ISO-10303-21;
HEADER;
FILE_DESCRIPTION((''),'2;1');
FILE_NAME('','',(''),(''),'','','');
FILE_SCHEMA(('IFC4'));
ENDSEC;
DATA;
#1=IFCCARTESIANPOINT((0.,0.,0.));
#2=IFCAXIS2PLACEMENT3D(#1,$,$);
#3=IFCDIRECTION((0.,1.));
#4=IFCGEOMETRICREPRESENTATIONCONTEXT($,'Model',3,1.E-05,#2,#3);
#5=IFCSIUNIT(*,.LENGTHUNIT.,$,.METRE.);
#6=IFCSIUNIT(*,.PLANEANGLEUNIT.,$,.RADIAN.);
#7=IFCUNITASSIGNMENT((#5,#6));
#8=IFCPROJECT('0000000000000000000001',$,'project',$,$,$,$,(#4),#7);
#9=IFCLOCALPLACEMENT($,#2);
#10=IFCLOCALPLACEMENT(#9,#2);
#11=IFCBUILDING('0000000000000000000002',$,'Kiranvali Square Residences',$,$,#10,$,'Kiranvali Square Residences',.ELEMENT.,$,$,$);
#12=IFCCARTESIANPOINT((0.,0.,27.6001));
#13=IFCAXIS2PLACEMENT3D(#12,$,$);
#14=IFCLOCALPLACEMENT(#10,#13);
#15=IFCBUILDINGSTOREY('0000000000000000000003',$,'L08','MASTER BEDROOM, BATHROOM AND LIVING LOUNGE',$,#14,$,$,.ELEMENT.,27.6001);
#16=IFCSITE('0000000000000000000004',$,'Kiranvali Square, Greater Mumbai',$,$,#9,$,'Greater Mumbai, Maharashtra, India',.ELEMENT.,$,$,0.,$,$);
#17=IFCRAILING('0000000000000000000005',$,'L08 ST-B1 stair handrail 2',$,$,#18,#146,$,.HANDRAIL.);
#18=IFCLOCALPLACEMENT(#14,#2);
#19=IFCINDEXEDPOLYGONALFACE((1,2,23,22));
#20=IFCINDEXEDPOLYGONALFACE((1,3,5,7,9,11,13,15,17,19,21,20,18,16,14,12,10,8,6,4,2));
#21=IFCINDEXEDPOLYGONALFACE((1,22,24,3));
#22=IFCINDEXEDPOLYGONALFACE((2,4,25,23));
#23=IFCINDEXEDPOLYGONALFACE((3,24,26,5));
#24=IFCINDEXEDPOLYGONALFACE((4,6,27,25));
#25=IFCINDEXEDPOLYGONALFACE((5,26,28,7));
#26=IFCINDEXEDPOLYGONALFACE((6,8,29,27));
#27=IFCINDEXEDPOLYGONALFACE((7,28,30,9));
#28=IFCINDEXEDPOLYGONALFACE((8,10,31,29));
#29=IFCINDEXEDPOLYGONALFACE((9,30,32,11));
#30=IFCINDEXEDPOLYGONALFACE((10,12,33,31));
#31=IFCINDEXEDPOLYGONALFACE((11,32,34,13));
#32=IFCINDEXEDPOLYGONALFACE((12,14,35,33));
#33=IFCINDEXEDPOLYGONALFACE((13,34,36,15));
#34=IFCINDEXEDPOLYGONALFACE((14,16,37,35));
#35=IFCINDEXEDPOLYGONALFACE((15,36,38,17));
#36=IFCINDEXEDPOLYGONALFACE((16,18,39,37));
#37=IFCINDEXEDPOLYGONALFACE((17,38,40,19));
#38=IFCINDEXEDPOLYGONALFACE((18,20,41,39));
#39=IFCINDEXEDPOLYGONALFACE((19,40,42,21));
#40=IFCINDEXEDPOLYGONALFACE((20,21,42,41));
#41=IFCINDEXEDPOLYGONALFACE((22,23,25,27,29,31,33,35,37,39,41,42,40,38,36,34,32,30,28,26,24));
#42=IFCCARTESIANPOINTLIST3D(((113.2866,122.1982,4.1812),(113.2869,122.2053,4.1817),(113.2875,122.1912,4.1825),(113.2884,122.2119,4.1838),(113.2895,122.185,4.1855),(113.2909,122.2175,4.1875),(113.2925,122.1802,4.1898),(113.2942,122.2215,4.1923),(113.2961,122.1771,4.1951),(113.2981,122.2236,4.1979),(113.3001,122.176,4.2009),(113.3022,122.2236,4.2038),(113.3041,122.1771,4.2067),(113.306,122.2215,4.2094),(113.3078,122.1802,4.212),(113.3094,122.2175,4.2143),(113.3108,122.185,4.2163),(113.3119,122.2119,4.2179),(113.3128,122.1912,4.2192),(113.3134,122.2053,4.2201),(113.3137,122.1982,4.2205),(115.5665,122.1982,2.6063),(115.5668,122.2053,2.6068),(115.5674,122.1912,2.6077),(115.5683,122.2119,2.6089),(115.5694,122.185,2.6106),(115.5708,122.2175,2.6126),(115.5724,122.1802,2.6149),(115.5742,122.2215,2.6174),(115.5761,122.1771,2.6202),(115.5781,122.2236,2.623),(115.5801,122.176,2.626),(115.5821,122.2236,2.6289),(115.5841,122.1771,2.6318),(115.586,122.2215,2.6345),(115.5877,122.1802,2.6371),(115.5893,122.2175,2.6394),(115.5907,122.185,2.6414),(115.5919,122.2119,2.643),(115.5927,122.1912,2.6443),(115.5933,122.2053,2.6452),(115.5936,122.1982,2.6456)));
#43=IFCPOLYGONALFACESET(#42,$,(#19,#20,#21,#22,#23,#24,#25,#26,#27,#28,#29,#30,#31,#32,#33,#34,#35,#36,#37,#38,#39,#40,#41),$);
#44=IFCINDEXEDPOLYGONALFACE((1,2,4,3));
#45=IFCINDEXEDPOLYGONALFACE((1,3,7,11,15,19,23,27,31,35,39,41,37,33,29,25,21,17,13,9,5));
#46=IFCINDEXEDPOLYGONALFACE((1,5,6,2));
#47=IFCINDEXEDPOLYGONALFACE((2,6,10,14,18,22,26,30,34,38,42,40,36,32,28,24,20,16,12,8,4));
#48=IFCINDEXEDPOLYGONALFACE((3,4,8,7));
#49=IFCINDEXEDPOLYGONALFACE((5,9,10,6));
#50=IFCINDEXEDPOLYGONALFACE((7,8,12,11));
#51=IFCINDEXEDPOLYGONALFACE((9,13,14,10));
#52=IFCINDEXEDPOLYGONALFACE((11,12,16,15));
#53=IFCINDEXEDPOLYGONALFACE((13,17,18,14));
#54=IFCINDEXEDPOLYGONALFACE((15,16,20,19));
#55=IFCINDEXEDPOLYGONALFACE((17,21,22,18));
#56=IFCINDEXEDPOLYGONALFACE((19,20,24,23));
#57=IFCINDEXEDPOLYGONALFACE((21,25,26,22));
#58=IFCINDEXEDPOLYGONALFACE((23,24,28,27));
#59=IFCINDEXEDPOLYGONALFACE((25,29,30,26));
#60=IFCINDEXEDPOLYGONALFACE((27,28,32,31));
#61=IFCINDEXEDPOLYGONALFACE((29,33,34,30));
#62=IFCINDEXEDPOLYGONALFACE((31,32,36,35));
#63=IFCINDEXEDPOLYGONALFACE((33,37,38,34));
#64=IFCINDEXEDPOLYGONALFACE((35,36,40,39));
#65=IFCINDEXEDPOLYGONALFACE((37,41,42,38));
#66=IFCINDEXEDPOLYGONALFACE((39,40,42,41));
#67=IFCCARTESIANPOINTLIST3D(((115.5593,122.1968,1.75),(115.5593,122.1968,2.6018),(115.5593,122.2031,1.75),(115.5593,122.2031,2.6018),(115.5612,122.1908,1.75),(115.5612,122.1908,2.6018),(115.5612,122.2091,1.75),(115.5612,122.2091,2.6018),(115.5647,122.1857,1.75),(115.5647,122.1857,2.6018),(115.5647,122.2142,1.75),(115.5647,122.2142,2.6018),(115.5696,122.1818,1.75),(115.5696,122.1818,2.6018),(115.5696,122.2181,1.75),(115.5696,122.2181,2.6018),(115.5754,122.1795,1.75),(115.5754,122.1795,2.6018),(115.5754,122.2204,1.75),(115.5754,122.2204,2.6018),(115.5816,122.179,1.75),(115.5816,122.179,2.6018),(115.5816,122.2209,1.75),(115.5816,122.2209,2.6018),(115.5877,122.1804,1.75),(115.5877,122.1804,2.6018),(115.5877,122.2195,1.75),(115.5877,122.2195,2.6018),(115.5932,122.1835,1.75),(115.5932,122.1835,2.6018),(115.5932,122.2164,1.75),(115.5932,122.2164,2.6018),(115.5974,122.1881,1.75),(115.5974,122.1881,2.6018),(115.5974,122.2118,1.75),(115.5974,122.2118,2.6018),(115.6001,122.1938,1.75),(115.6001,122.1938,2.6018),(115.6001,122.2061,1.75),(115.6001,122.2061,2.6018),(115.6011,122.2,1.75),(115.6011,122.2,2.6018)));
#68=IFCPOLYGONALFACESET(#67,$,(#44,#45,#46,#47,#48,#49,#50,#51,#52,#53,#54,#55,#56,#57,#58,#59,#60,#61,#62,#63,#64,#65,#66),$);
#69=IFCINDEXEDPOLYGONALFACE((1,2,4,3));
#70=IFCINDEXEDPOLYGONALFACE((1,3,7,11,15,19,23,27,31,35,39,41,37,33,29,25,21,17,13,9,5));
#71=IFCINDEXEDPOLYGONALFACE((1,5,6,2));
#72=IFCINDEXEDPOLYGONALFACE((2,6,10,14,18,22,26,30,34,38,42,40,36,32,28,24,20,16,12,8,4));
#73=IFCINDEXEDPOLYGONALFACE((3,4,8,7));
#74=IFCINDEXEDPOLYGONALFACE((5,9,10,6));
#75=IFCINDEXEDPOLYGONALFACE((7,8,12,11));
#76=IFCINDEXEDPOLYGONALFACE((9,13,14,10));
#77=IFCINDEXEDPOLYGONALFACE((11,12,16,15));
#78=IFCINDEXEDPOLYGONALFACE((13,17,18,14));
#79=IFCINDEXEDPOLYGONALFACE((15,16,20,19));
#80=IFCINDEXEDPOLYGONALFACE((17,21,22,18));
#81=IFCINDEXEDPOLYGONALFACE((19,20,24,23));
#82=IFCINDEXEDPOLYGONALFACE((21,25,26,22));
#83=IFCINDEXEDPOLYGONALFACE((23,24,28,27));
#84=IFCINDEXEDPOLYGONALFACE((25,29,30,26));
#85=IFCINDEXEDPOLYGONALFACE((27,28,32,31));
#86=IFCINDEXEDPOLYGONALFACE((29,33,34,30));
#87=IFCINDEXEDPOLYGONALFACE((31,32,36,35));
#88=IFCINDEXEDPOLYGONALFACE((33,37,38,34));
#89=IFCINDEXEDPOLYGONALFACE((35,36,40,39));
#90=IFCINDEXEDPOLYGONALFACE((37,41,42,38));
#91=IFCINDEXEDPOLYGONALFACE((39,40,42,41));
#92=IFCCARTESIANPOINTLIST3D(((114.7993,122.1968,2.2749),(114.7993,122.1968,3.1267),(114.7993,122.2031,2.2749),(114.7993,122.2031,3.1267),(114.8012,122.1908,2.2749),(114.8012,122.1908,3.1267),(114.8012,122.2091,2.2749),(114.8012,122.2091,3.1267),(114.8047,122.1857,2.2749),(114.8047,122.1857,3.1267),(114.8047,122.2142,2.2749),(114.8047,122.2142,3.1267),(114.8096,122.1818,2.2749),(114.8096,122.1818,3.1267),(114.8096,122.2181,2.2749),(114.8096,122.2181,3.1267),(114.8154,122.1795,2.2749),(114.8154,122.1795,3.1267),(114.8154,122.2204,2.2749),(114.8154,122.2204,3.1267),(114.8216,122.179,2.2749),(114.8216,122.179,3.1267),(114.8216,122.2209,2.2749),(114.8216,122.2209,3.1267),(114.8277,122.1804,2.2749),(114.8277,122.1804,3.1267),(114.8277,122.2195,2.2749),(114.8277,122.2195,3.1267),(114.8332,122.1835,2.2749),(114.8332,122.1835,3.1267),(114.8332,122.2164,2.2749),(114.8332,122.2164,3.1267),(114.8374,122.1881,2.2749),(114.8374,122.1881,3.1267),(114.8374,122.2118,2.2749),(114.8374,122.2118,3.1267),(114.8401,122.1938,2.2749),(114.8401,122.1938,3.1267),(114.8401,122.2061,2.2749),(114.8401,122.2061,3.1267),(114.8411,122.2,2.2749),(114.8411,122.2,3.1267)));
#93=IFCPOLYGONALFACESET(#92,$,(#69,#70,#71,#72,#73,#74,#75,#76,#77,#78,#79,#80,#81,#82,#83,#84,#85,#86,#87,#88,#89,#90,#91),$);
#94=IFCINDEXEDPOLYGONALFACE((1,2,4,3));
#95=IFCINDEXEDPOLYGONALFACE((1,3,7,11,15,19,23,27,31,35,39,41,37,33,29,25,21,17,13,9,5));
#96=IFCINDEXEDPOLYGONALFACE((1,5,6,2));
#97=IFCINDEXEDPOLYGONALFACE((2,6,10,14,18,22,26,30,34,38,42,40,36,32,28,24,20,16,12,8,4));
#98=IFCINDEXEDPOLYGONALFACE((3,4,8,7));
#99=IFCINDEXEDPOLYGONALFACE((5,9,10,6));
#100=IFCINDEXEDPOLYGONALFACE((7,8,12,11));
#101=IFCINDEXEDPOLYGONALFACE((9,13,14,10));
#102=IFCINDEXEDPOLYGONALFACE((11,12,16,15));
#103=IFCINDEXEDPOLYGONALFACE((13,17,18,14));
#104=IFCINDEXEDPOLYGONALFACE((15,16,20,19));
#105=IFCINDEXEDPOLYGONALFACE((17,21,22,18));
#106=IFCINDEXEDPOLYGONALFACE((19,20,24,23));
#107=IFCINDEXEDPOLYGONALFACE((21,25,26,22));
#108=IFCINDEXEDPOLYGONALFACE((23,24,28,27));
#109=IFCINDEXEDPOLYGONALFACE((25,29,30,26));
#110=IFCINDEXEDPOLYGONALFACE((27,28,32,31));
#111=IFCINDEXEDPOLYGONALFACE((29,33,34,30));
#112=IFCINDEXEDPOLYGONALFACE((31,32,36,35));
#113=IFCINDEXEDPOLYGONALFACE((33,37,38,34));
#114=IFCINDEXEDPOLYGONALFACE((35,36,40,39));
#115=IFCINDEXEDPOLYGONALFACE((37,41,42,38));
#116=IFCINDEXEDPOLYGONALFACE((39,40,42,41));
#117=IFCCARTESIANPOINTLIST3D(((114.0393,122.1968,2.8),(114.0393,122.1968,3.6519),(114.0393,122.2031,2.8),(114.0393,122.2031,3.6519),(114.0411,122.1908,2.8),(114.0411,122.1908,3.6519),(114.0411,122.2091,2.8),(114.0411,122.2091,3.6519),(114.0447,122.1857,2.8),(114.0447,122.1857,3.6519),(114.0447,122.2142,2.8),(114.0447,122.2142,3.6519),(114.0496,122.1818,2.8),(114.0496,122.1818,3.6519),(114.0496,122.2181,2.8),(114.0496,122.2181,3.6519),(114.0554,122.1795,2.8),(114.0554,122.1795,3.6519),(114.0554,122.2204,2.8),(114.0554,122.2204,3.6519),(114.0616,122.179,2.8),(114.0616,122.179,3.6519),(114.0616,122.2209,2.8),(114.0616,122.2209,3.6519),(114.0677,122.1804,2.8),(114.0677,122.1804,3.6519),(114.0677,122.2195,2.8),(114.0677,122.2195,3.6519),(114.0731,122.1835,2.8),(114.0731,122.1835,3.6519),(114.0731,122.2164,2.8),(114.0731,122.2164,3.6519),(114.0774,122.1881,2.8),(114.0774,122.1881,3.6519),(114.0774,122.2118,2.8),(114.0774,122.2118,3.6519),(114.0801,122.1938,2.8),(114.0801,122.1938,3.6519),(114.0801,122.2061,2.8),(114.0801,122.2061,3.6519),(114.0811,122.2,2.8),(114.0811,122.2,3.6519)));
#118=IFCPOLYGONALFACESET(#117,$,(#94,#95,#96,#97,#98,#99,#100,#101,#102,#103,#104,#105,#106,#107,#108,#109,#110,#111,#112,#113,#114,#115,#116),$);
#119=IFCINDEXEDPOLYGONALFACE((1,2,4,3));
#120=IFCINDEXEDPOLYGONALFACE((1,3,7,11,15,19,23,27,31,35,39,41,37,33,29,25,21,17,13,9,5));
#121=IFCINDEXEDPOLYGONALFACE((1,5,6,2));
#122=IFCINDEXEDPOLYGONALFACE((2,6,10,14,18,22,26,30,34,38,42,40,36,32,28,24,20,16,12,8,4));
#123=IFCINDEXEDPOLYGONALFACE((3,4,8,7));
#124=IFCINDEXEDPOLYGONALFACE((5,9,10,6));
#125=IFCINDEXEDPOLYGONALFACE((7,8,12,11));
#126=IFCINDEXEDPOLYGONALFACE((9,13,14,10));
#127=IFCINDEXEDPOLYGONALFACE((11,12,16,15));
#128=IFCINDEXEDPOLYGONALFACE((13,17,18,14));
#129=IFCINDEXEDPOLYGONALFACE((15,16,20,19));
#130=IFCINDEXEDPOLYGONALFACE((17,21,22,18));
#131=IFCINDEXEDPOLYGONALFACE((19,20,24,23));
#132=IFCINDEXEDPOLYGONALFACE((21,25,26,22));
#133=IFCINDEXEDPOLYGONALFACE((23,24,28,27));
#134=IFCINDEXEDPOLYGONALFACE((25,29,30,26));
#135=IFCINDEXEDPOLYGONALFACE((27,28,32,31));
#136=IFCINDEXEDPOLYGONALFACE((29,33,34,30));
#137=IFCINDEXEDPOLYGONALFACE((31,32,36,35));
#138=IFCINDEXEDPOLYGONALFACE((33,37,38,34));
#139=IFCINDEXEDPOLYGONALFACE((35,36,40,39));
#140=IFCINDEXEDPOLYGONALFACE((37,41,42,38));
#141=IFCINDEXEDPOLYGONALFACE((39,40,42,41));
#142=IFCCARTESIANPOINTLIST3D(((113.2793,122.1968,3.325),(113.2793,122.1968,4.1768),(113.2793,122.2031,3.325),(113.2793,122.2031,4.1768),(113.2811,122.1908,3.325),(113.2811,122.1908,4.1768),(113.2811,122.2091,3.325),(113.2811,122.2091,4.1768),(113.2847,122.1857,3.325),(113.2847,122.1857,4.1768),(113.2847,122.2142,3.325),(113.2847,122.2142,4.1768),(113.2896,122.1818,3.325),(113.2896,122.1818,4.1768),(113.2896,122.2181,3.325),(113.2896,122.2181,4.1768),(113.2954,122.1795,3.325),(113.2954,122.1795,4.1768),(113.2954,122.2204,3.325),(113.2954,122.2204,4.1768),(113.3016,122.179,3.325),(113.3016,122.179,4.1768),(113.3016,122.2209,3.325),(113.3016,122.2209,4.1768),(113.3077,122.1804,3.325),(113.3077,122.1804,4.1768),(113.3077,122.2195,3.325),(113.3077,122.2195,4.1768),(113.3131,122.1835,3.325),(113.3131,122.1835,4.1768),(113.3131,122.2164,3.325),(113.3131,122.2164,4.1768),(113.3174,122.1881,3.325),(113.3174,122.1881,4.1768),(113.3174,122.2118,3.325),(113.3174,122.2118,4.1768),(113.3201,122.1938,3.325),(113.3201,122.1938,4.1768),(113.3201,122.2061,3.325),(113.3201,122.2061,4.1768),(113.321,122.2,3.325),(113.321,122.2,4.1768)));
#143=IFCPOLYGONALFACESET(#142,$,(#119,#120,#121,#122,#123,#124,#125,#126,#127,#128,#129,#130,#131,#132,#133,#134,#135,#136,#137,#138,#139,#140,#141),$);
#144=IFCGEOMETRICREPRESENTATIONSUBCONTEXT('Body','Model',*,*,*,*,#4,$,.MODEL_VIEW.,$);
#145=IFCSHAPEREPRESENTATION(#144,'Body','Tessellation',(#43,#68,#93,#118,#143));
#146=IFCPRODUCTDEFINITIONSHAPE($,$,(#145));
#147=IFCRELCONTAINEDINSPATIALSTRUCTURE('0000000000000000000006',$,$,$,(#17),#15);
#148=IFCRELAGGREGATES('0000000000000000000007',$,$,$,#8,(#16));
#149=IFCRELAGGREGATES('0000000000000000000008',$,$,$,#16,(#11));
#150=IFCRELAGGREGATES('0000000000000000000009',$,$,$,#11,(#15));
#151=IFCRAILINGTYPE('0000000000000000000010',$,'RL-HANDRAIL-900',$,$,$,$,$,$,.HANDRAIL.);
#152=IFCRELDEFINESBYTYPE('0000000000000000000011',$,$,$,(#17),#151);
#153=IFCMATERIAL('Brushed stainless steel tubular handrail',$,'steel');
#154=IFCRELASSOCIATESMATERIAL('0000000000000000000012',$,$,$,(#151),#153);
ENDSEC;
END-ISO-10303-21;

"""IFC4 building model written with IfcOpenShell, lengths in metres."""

from ifc_helpers import new_model, si_unit, direction, frame, origin, origin_2d, place, context, subcontext, project, spatial, circle, extrude, material, type_object, element, save


model = new_model("IFC4")

# Units and contexts
model_context = context("Model", 3, precision=1e-05, world=origin(), true_north=direction((0.0, 1.0)))
body_context = subcontext(model_context, "Body", "Model", "MODEL_VIEW")
ifc_project = project(units=[si_unit("LENGTHUNIT", "METRE"), si_unit("PLANEANGLEUNIT", "RADIAN")], contexts=[model_context])

# Site, building, storey
site_placement = place(None, origin())
site = spatial("IfcSite", under=ifc_project, at=site_placement, Name="Kiranvali Square, Greater Mumbai", LongName="Greater Mumbai, Maharashtra, India", CompositionType="ELEMENT", RefElevation=0.0)
building_placement = place(site_placement, origin())
building = spatial("IfcBuilding", under=site, at=building_placement, Name="Kiranvali Square Residences", LongName="Kiranvali Square Residences", CompositionType="ELEMENT")
storey_placement = place(building_placement, frame((0.0, 0.0, 27.6001)))
storey = spatial("IfcBuildingStorey", under=building, at=storey_placement, Name="L08", Description="MASTER BEDROOM, BATHROOM AND LIVING LOUNGE", CompositionType="ELEMENT", Elevation=27.6001)

# Railing
ifc_material_1 = material(Name="Brushed stainless steel tubular handrail", Category="steel")
railing_type_1 = type_object("IfcRailingType", Name="RL-HANDRAIL-900", PredefinedType="HANDRAIL", material=ifc_material_1)
railing_1_placement = place(storey_placement, frame((115.5801, 122.2, 1.75)))
element("IfcRailing", 1, at=railing_1_placement, inside=storey, type_object=railing_type_1, Name="L08 ST-B1 stair handrail 2", PredefinedType="HANDRAIL", context=body_context, shape_type="SweptSolid", body=[
    extrude(circle(Radius=0.0239, at=origin_2d()), frame((0.0, 0.0, 0.876), z_axis=(-0.822788, 0.0, 0.568348), x_axis=(0.0, -1.0, 0.0)), (0.0, 0.0, 1.0), 2.771),
    extrude(circle(Radius=0.021, at=origin_2d()), origin(), (0.0, 0.0, 1.0), 0.8518),
    extrude(circle(Radius=0.021, at=origin_2d()), frame((-0.76, 0.0, 0.5249)), (0.0, 0.0, 1.0), 0.8518),
    extrude(circle(Radius=0.021, at=origin_2d()), frame((-1.52, 0.0, 1.05)), (0.0, 0.0, 1.0), 0.8518),
    extrude(circle(Radius=0.021, at=origin_2d()), frame((-2.28, 0.0, 1.575)), (0.0, 0.0, 1.0), 0.8518),
])

save(model, "model.ifc")
